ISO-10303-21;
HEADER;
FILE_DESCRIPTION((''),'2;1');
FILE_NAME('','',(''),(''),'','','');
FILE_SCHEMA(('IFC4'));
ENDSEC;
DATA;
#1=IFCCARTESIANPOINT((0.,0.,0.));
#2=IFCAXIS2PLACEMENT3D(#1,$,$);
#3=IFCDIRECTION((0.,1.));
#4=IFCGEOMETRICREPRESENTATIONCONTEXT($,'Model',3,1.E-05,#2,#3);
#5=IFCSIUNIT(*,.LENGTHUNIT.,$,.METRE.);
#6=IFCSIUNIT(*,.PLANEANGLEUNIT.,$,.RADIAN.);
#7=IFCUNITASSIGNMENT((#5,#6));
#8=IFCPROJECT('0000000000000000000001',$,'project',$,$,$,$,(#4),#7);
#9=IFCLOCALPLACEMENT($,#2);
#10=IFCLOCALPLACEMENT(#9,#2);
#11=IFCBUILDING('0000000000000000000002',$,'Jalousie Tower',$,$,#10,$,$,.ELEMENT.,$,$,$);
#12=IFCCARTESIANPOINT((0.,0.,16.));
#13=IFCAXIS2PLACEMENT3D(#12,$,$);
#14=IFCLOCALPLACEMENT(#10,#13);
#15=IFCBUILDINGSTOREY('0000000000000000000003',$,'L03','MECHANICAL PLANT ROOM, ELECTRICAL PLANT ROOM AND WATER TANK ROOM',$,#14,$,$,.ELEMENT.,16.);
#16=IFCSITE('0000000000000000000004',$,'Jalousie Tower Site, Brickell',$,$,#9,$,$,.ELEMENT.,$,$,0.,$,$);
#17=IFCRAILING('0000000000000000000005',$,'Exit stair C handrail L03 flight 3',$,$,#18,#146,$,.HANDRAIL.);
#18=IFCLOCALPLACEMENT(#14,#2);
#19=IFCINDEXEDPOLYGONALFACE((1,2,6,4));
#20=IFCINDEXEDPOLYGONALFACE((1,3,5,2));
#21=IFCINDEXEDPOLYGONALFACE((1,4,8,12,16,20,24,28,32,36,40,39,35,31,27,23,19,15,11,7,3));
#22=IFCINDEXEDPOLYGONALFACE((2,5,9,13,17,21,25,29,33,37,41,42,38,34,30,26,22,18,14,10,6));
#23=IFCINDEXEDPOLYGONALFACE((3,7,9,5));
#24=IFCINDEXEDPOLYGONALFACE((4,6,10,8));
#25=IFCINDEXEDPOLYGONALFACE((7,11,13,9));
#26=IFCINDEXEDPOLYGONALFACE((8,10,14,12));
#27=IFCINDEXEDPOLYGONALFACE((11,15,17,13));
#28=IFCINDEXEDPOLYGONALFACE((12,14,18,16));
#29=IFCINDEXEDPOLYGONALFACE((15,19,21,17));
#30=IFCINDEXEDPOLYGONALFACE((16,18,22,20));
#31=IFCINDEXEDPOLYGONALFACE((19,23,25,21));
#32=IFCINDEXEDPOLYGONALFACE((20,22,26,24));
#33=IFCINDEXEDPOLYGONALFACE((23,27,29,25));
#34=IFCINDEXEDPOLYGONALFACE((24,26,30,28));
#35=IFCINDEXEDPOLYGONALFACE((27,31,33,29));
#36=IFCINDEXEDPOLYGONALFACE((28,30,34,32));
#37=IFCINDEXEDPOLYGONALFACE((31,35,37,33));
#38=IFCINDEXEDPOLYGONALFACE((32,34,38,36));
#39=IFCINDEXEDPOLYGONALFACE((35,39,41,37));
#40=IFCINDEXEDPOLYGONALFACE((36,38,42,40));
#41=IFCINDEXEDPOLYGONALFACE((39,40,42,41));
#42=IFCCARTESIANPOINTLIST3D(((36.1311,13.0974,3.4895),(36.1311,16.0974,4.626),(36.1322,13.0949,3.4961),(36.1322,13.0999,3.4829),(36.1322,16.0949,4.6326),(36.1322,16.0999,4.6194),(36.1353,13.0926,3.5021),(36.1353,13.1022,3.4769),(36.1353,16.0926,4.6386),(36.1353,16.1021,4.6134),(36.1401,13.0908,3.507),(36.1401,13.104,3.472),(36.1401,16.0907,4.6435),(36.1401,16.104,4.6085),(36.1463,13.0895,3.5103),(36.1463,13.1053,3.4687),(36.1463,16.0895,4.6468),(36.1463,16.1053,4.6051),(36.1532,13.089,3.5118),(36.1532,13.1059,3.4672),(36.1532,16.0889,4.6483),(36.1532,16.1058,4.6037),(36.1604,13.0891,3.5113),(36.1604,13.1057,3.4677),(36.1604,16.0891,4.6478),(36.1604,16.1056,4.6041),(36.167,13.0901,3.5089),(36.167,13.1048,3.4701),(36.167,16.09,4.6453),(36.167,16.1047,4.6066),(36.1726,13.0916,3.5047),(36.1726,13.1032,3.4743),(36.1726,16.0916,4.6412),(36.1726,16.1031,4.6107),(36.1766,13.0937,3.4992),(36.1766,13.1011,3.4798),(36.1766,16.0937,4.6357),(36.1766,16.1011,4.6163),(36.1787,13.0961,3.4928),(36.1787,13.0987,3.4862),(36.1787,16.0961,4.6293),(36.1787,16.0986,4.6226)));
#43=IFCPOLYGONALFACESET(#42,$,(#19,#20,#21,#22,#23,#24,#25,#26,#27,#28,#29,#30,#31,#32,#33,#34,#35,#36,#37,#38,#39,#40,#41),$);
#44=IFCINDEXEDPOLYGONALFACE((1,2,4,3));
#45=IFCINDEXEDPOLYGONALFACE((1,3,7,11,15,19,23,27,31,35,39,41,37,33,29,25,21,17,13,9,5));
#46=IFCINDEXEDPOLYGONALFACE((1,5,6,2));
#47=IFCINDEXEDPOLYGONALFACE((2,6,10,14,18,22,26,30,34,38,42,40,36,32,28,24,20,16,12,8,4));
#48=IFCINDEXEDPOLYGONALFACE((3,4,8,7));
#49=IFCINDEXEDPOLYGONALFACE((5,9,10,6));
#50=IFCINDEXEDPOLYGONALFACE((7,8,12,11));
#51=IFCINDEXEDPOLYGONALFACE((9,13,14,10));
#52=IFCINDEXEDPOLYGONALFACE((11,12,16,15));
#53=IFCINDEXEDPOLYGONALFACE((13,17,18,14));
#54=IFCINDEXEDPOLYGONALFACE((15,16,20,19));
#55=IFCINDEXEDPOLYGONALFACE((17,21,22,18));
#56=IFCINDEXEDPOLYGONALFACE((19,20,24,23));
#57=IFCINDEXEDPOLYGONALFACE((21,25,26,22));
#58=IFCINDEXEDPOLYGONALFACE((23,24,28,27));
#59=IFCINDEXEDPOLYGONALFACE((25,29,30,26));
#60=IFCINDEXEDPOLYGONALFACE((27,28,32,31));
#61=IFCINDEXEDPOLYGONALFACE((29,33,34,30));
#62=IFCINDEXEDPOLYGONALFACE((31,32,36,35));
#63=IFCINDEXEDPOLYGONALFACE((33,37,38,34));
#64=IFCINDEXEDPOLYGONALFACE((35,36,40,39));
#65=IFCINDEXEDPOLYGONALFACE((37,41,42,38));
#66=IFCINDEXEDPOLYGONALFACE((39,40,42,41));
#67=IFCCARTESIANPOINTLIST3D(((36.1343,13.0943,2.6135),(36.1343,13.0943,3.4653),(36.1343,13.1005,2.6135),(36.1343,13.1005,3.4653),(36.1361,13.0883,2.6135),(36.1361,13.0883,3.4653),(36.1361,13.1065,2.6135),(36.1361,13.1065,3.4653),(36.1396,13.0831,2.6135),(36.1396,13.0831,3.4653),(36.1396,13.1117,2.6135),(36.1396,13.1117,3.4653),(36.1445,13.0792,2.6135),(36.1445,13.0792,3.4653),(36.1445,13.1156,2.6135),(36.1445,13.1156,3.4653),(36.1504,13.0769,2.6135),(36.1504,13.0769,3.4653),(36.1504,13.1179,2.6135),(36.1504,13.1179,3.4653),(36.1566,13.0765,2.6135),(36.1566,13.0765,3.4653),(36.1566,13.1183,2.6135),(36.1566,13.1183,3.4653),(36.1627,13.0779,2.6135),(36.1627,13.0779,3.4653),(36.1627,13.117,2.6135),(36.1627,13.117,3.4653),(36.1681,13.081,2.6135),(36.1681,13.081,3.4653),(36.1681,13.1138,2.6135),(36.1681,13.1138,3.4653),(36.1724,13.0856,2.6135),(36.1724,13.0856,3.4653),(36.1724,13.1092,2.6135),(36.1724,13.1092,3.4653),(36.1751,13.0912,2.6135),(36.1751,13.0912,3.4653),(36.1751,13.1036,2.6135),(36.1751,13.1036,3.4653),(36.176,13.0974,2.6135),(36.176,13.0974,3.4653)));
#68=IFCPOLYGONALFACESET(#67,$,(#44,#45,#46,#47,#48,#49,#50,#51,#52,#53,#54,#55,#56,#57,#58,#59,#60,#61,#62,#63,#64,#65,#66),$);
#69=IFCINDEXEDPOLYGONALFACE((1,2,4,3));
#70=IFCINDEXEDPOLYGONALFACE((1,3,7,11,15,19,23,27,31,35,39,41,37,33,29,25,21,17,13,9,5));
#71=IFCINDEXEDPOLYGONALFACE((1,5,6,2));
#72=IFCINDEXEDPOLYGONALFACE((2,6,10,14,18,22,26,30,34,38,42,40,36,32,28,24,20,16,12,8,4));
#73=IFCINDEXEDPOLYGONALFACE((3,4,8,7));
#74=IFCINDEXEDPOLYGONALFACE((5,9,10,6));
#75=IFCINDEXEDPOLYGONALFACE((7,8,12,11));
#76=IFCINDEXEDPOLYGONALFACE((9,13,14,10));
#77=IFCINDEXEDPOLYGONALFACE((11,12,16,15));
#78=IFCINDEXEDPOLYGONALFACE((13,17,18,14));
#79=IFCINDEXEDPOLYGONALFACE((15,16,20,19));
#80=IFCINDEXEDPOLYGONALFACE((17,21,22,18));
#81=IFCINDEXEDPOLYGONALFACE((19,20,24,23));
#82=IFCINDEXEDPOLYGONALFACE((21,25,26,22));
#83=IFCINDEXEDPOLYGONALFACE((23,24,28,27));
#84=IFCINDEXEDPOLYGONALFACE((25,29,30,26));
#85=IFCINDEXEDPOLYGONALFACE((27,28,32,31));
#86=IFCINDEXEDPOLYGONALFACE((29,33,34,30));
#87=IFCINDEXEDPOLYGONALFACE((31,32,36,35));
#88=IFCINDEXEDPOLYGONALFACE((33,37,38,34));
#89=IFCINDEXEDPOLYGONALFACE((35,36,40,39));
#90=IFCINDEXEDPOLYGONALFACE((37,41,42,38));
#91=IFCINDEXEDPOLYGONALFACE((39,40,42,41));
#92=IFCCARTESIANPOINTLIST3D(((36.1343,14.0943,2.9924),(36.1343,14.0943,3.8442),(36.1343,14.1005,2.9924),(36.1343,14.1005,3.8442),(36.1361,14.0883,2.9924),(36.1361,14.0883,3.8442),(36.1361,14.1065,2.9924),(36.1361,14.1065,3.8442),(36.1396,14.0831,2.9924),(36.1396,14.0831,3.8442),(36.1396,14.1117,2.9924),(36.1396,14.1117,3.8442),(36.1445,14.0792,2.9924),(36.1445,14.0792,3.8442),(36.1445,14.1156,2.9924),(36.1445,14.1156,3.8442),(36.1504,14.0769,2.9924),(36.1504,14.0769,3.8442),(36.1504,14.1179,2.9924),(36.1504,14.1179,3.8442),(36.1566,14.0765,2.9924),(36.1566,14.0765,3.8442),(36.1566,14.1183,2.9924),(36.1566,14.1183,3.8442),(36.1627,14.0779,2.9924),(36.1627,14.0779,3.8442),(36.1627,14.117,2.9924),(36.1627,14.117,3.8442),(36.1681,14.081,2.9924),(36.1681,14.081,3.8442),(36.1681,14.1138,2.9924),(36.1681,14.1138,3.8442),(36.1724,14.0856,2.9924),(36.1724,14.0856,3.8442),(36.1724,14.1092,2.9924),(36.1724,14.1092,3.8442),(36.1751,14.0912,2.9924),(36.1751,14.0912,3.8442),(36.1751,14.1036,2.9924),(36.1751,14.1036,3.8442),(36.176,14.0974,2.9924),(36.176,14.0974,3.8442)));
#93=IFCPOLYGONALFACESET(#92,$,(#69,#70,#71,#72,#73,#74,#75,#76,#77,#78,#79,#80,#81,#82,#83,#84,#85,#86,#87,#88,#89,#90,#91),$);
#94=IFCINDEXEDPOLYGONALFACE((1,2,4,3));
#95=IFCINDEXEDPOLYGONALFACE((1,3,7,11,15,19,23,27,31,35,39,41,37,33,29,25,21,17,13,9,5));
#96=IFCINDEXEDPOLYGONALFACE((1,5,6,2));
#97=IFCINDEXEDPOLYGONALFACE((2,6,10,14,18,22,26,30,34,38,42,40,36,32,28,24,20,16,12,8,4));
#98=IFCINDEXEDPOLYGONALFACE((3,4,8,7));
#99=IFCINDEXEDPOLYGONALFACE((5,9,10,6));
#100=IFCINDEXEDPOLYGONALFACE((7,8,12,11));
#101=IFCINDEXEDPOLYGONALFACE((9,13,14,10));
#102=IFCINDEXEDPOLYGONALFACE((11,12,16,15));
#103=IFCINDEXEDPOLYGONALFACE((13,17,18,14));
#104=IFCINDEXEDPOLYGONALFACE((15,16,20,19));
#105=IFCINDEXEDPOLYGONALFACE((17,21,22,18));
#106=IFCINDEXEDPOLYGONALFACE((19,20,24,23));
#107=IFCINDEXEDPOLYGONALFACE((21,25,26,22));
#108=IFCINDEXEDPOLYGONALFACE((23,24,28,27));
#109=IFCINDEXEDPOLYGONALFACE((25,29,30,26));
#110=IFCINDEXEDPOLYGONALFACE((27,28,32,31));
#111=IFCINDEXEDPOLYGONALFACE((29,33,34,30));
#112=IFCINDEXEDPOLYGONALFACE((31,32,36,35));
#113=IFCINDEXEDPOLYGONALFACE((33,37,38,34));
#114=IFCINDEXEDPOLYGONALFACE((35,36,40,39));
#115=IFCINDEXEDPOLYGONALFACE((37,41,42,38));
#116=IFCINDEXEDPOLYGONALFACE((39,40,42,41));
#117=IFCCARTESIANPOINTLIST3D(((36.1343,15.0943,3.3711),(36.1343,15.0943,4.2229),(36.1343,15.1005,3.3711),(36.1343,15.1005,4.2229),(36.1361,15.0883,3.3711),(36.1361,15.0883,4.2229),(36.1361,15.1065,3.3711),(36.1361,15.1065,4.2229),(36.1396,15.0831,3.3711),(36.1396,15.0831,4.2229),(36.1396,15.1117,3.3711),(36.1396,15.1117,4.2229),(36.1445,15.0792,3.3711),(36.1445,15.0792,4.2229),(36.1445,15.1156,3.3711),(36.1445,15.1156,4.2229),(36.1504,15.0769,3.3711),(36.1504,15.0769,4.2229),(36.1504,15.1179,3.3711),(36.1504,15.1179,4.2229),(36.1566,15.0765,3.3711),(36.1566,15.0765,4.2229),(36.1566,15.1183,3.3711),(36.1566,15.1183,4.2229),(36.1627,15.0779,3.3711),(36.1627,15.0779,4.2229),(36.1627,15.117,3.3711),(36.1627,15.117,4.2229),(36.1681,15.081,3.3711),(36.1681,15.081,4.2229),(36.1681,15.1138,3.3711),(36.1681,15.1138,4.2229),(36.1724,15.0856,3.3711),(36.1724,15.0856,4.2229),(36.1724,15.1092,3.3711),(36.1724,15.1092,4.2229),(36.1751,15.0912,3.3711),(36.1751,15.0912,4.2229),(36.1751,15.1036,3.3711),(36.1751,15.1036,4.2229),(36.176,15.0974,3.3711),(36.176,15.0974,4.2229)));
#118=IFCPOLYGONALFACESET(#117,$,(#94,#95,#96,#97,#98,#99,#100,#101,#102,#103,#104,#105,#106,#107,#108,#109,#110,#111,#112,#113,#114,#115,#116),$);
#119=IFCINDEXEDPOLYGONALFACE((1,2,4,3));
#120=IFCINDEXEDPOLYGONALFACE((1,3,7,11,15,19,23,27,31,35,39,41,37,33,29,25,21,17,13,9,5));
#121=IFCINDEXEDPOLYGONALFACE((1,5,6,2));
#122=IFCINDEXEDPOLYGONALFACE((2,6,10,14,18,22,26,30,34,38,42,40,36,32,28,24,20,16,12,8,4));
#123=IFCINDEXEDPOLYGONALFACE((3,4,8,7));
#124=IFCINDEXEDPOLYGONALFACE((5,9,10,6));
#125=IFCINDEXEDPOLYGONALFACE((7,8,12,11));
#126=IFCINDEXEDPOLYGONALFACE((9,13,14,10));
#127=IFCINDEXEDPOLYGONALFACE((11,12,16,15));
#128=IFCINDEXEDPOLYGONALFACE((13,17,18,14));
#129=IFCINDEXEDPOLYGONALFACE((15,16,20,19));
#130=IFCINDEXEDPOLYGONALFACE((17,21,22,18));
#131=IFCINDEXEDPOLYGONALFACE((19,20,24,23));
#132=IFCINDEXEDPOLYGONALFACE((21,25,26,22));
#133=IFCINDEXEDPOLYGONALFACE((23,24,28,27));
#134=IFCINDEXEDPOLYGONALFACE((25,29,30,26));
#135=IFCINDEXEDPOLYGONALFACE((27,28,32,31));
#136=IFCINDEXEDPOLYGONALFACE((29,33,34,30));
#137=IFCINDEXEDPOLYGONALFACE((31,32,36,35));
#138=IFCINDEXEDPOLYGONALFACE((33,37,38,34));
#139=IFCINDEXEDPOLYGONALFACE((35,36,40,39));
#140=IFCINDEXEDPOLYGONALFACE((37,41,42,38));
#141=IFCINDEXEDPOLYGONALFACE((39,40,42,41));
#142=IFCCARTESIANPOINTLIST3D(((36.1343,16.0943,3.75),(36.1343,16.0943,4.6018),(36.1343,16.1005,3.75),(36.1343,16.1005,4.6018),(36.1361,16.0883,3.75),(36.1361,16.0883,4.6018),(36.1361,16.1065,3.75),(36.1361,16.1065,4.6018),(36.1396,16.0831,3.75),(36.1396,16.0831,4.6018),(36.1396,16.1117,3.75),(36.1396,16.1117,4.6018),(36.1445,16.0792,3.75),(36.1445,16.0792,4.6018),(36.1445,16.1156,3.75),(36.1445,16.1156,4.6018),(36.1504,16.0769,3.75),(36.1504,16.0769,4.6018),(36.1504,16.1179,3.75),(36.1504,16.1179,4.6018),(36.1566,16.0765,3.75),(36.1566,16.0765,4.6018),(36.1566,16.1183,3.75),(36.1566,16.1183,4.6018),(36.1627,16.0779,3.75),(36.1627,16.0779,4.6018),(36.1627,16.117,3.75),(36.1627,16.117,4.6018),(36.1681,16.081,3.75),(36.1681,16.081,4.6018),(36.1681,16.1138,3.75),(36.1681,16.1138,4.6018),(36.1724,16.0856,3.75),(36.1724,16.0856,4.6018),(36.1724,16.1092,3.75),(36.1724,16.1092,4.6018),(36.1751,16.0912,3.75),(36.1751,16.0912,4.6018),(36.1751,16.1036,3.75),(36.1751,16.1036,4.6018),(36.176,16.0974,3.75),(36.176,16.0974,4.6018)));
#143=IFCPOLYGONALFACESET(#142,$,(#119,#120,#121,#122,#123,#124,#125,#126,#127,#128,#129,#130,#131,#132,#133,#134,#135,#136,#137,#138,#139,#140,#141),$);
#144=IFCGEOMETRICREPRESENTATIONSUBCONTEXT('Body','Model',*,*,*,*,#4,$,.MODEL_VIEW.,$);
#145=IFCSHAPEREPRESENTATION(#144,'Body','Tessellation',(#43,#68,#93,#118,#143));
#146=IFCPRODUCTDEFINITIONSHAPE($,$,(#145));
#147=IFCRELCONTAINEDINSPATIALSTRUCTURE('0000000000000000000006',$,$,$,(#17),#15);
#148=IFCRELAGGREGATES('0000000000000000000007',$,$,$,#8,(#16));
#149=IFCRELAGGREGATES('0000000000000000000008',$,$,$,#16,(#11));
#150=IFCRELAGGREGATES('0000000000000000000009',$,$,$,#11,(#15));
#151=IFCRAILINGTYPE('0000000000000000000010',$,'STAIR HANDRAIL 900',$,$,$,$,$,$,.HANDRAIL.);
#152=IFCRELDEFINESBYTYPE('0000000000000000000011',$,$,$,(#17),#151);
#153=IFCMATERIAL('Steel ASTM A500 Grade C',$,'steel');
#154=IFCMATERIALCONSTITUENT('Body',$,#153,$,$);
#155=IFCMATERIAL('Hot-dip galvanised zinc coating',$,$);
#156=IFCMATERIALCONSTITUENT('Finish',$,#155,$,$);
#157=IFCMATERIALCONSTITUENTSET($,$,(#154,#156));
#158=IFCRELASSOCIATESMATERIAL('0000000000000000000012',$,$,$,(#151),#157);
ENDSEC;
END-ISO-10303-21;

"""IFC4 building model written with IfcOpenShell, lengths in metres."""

from ifc_helpers import new_model, si_unit, direction, frame, origin, origin_2d, place, context, subcontext, project, spatial, circle, extrude, material, constituent, constituent_set, type_object, element, save


model = new_model("IFC4")

# Units and contexts
model_context = context("Model", 3, precision=1e-05, world=origin(), true_north=direction((0.0, 1.0)))
body_context = subcontext(model_context, "Body", "Model", "MODEL_VIEW")
ifc_project = project(units=[si_unit("LENGTHUNIT", "METRE"), si_unit("PLANEANGLEUNIT", "RADIAN")], contexts=[model_context])

# Site, building, storey
site_placement = place(None, origin())
site = spatial("IfcSite", under=ifc_project, at=site_placement, Name="Jalousie Tower Site, Brickell", CompositionType="ELEMENT", RefElevation=0.0)
building_placement = place(site_placement, origin())
building = spatial("IfcBuilding", under=site, at=building_placement, Name="Jalousie Tower", CompositionType="ELEMENT")
storey_placement = place(building_placement, frame((0.0, 0.0, 16.0)))
storey = spatial("IfcBuildingStorey", under=building, at=storey_placement, Name="L03", Description="MECHANICAL PLANT ROOM, ELECTRICAL PLANT ROOM AND WATER TANK ROOM", CompositionType="ELEMENT", Elevation=16.0)

# Railing
ifc_material_1 = material(Name="Steel ASTM A500 Grade C", Category="steel")
ifc_constituent_1 = constituent(ifc_material_1, Name="Body")
ifc_material_2 = material(Name="Hot-dip galvanised zinc coating")
ifc_constituent_2 = constituent(ifc_material_2, Name="Finish")
ifc_constituent_set_1 = constituent_set(constituents=[ifc_constituent_1, ifc_constituent_2])
railing_type_1 = type_object("IfcRailingType", Name="STAIR HANDRAIL 900", PredefinedType="HANDRAIL", material=ifc_constituent_set_1)
railing_1_placement = place(storey_placement, frame((36.155, 13.0974, 2.6135)))
element("IfcRailing", 1, at=railing_1_placement, inside=storey, type_object=railing_type_1, Name="Exit stair C handrail L03 flight 3", PredefinedType="HANDRAIL", context=body_context, shape_type="SweptSolid", body=[
    extrude(circle(Radius=0.0239, at=origin_2d()), frame((0.0, 0.0, 0.876), z_axis=(0.0, 0.935148, 0.354257), x_axis=(-1.0, 0.0, 0.0)), (0.0, 0.0, 1.0), 3.208),
    extrude(circle(Radius=0.021, at=origin_2d()), origin(), (0.0, 0.0, 1.0), 0.8518),
    extrude(circle(Radius=0.021, at=origin_2d()), frame((0.0, 1.0, 0.3789)), (0.0, 0.0, 1.0), 0.8518),
    extrude(circle(Radius=0.021, at=origin_2d()), frame((0.0, 2.0, 0.7576)), (0.0, 0.0, 1.0), 0.8518),
    extrude(circle(Radius=0.021, at=origin_2d()), frame((0.0, 3.0, 1.1365)), (0.0, 0.0, 1.0), 0.8518),
])

save(model, "model.ifc")
